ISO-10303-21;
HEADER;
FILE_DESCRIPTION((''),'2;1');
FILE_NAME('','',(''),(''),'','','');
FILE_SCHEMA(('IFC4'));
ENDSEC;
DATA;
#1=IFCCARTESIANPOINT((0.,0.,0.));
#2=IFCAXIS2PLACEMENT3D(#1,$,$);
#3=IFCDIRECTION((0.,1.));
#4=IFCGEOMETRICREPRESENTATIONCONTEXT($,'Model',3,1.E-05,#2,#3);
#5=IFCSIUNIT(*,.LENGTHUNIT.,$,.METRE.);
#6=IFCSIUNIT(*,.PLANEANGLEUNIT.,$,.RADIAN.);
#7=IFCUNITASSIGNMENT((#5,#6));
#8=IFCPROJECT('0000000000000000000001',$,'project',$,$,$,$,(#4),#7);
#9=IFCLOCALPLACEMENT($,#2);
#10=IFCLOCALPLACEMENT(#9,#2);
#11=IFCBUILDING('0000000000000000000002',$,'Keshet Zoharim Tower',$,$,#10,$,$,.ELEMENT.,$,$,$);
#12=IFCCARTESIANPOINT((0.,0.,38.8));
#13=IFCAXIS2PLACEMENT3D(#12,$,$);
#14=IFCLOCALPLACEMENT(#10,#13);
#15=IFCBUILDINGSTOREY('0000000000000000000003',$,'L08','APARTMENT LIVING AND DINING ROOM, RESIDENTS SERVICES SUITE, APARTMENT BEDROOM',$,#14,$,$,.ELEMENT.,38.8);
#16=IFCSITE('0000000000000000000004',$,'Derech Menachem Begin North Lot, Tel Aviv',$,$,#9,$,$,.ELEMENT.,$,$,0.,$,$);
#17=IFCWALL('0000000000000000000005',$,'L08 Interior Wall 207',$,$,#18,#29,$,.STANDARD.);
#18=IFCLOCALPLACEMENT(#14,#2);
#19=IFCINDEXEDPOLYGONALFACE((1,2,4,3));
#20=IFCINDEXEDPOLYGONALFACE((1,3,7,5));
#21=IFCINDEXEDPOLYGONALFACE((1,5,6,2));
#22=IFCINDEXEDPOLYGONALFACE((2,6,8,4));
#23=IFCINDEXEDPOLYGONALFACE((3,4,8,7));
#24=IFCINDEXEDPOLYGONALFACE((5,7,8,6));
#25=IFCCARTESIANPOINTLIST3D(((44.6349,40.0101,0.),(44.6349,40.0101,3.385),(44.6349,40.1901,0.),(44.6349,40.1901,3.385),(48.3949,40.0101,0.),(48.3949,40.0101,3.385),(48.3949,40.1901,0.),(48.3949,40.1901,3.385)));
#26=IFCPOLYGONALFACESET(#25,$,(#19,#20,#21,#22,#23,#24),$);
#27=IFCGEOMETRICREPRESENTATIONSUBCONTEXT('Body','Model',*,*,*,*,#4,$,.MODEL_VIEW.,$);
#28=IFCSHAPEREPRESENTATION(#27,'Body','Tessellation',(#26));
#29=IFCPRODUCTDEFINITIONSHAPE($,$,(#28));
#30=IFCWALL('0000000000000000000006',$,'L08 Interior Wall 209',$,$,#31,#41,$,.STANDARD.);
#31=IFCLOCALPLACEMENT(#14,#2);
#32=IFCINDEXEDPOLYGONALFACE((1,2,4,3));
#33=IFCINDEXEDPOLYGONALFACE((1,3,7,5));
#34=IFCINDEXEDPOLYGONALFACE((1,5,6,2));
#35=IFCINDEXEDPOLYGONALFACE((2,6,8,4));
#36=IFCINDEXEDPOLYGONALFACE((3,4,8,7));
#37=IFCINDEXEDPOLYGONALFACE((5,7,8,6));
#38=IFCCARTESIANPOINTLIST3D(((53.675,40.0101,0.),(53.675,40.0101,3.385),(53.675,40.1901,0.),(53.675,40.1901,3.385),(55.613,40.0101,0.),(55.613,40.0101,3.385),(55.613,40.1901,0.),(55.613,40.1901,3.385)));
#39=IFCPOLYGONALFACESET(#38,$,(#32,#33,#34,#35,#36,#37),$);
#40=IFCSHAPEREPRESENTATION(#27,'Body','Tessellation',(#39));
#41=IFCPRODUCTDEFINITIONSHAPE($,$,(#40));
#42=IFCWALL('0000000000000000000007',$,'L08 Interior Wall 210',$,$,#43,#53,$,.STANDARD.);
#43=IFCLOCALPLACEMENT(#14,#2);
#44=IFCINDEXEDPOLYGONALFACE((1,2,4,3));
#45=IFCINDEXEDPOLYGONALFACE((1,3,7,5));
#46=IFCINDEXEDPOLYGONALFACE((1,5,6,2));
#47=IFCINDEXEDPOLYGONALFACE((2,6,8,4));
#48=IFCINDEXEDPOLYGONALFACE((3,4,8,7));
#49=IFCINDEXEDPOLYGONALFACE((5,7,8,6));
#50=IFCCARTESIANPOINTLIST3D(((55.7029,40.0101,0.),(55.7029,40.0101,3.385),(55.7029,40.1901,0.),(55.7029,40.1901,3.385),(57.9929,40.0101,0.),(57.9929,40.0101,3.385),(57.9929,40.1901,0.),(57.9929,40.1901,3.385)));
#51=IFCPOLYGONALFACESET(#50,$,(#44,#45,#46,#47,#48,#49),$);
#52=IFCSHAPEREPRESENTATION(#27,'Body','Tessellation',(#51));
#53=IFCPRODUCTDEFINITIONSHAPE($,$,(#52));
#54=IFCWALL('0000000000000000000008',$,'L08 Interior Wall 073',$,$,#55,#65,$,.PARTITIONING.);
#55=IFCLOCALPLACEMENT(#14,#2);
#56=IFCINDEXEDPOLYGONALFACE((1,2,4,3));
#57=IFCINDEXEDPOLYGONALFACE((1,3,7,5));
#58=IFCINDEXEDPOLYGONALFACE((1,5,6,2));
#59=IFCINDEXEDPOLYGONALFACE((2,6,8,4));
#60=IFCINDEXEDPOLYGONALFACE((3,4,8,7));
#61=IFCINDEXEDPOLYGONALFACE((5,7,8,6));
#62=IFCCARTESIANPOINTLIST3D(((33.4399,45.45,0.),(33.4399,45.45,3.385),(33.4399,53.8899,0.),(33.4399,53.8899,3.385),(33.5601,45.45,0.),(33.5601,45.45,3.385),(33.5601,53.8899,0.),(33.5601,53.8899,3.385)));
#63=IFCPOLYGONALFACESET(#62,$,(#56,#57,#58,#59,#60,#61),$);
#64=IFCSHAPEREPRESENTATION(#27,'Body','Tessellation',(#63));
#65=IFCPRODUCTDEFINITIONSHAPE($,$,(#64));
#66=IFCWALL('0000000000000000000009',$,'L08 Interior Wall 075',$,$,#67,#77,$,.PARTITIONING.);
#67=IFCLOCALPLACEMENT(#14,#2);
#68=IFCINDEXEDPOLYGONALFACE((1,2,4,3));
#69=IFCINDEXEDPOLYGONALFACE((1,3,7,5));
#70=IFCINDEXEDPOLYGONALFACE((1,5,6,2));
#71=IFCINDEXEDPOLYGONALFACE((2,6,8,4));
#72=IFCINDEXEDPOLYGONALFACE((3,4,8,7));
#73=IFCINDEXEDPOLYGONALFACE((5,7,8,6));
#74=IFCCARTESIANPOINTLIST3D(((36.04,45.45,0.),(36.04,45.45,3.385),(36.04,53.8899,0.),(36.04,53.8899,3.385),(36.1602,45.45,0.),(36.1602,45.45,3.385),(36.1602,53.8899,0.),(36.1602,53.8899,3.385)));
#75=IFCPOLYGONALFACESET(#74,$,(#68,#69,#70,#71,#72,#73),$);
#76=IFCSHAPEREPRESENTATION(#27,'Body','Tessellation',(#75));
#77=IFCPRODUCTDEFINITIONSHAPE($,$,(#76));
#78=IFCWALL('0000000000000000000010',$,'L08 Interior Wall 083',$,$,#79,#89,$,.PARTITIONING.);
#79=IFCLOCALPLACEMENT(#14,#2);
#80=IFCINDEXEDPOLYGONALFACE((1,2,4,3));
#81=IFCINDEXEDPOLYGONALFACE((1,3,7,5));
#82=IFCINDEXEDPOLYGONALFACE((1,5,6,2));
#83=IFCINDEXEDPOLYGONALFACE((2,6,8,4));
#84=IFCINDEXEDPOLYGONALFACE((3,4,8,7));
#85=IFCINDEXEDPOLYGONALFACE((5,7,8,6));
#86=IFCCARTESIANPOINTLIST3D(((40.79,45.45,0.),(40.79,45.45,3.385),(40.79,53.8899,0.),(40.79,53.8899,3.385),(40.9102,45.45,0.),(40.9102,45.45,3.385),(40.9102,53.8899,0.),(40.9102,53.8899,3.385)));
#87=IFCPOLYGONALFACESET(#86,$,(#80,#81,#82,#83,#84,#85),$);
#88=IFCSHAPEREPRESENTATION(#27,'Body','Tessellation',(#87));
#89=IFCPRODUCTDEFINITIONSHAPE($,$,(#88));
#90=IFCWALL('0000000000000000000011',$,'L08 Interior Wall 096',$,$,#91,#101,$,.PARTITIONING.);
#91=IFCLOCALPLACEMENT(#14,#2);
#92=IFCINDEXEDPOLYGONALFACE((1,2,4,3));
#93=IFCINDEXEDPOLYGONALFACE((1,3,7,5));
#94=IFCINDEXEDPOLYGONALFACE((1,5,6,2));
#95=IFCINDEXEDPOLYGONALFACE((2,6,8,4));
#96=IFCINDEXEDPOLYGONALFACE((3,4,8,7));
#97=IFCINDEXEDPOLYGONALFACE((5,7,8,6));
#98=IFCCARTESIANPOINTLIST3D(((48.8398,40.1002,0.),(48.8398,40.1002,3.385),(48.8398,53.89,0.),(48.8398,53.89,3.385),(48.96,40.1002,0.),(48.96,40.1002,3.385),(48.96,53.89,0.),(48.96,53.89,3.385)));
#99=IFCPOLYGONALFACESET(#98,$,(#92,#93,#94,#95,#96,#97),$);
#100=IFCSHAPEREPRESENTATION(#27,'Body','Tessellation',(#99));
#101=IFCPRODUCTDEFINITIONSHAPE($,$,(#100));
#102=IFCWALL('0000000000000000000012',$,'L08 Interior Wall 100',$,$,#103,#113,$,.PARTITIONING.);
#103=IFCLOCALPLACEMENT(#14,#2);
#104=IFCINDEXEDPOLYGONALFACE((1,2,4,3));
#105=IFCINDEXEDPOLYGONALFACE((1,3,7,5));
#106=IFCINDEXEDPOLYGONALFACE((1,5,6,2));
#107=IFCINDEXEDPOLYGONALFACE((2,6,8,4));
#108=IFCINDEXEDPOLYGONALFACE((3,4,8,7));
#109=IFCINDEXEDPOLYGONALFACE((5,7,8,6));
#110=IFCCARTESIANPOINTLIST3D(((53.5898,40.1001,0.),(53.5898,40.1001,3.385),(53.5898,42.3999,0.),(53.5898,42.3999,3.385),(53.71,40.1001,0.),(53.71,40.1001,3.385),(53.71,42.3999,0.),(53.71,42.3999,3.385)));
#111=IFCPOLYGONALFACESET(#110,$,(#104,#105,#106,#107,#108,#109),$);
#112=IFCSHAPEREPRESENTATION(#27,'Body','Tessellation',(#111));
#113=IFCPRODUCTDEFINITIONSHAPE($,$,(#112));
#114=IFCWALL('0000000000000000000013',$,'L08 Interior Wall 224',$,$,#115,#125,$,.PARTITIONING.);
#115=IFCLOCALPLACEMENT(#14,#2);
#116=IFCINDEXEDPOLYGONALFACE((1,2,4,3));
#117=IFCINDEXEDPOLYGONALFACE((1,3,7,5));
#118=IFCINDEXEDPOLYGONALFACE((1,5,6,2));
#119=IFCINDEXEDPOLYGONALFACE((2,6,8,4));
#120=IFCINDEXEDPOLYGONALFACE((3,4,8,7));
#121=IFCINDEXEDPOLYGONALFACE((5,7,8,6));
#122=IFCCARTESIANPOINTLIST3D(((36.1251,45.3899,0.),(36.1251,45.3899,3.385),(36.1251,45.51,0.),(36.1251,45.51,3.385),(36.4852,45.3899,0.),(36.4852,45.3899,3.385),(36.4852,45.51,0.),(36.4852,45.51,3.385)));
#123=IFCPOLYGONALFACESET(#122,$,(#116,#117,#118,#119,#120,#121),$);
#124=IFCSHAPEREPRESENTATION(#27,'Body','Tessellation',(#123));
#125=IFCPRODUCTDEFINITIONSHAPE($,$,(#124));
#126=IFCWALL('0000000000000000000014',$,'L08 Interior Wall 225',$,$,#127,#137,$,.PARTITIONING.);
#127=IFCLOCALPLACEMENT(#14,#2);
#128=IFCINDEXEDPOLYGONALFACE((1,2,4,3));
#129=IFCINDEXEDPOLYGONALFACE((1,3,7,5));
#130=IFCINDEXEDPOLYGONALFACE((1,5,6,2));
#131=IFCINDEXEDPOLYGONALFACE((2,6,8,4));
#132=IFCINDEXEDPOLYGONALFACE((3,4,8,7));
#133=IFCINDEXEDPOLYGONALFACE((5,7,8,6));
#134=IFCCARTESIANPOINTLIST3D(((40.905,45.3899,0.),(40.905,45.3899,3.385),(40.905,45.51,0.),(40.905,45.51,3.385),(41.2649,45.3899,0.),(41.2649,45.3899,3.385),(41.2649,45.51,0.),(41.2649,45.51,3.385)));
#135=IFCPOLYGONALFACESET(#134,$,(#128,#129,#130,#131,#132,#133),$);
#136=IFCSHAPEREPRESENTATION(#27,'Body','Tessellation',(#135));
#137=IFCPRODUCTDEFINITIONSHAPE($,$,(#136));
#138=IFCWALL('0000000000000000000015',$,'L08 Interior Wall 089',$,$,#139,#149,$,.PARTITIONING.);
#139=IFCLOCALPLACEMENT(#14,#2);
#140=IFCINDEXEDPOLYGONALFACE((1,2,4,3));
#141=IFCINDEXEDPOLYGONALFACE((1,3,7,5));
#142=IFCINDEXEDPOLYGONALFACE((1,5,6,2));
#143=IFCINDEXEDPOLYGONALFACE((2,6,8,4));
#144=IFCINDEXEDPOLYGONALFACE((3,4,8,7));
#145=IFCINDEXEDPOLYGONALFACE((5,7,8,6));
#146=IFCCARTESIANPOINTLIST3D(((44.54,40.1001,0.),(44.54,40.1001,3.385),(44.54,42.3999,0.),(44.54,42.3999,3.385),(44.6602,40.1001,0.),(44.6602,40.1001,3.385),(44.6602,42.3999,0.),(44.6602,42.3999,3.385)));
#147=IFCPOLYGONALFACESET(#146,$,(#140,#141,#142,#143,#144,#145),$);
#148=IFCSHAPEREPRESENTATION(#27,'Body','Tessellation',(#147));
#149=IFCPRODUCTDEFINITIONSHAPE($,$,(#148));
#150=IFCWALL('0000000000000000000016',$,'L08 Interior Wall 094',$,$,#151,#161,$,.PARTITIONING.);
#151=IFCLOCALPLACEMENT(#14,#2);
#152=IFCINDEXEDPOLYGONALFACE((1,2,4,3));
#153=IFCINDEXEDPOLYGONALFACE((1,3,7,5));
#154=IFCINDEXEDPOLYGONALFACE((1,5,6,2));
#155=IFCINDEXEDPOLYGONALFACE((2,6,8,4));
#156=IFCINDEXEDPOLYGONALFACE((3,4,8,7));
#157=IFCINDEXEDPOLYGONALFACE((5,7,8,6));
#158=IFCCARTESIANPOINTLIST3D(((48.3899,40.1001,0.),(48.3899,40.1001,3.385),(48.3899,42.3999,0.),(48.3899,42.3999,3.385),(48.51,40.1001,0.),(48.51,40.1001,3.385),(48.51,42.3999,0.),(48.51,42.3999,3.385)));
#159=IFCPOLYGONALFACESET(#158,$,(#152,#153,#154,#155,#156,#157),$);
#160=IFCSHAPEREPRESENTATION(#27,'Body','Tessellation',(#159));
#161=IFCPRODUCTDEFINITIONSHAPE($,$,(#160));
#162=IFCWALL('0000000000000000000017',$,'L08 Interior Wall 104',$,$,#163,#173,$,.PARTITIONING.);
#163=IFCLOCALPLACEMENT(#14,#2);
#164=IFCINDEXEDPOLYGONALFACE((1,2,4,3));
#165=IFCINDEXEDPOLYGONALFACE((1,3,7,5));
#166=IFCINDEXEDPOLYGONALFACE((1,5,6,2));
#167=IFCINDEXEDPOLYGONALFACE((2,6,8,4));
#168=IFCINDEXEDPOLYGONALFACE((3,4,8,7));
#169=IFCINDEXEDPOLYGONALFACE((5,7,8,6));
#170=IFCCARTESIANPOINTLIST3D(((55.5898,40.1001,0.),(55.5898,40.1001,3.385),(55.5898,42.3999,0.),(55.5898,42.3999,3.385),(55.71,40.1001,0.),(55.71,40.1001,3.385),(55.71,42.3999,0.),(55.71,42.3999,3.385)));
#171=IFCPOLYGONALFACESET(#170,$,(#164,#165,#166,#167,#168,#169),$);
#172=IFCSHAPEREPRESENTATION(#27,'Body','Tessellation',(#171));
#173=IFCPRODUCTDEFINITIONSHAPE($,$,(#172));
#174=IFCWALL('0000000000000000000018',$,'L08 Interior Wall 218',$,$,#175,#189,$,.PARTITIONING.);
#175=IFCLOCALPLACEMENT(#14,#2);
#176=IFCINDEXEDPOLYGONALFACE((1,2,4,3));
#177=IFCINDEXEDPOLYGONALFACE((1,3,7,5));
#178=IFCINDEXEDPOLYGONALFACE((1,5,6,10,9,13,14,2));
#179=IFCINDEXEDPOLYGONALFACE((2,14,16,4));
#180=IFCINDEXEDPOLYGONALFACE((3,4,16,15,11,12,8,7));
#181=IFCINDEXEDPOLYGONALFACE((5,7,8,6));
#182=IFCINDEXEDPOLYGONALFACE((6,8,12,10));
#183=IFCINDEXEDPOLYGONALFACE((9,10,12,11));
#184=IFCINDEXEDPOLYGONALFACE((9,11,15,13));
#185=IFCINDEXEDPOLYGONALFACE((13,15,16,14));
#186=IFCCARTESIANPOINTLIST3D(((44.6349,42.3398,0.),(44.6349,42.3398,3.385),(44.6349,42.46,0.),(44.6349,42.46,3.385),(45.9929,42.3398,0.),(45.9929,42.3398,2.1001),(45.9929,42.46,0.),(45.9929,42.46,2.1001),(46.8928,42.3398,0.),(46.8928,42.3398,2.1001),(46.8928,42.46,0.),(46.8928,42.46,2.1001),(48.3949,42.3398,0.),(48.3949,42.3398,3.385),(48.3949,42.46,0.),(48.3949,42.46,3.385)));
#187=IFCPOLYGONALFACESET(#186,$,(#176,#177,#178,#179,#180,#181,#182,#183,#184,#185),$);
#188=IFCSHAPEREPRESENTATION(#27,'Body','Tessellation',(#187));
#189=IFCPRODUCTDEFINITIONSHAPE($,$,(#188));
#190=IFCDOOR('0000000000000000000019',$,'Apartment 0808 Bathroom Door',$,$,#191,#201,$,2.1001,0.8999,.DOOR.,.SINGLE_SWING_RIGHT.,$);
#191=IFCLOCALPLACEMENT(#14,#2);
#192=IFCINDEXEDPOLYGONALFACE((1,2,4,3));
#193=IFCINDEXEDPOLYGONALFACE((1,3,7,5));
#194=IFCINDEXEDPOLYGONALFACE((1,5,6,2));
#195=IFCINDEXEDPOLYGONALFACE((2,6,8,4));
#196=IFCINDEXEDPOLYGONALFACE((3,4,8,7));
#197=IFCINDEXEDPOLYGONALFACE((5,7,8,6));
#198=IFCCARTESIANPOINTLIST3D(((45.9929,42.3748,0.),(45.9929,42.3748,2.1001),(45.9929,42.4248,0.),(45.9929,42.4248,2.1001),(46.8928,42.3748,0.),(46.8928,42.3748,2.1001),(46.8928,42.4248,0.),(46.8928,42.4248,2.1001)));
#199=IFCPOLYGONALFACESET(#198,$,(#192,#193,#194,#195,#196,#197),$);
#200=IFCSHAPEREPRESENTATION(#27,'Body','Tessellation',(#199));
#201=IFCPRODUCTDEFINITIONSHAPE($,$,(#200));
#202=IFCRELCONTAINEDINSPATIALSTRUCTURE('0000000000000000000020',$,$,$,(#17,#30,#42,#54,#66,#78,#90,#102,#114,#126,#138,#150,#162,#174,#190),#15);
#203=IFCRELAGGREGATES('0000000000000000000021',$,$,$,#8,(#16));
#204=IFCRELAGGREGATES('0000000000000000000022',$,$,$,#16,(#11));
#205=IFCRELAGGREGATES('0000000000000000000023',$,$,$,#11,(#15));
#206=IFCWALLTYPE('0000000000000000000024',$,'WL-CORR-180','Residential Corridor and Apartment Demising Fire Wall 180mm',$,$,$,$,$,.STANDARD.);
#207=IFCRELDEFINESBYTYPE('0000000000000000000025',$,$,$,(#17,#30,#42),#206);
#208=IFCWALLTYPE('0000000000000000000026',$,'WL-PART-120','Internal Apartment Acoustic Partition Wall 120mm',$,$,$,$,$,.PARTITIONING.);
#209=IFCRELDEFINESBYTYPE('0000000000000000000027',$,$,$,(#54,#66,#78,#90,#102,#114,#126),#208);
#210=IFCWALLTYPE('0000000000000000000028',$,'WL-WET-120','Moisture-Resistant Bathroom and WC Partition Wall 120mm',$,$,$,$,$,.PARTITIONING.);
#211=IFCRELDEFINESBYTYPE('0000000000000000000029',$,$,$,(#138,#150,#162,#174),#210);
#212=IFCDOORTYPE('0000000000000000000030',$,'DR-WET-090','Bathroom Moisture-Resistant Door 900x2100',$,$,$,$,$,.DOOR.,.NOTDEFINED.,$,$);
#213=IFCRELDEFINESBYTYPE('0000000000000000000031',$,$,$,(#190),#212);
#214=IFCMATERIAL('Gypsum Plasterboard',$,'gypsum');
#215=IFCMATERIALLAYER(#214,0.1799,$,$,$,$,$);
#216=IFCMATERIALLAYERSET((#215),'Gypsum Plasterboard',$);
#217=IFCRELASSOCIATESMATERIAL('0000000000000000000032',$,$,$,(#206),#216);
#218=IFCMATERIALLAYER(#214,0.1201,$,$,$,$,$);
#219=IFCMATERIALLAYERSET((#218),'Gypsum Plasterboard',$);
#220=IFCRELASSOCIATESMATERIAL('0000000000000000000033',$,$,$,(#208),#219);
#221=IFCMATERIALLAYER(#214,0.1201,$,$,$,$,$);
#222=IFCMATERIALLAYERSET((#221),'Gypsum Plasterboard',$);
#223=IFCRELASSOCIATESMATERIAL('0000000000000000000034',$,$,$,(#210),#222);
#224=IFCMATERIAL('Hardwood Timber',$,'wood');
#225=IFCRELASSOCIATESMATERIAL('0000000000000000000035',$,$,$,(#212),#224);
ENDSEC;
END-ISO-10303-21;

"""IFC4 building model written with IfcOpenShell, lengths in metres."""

from ifc_helpers import new_model, si_unit, direction, frame, frame_2d, origin, place, context, subcontext, project, spatial, rectangle, extrude, material, layer, layer_set, type_object, element, fill, save


model = new_model("IFC4")

# Units and contexts
model_context = context("Model", 3, precision=1e-05, world=origin(), true_north=direction((0.0, 1.0)))
body_context = subcontext(model_context, "Body", "Model", "MODEL_VIEW")
ifc_project = project(units=[si_unit("LENGTHUNIT", "METRE"), si_unit("PLANEANGLEUNIT", "RADIAN")], contexts=[model_context])

# Site, building, storey
site_placement = place(None, origin())
site = spatial("IfcSite", under=ifc_project, at=site_placement, Name="Derech Menachem Begin North Lot, Tel Aviv", CompositionType="ELEMENT", RefElevation=0.0)
building_placement = place(site_placement, origin())
building = spatial("IfcBuilding", under=site, at=building_placement, Name="Keshet Zoharim Tower", CompositionType="ELEMENT")
storey_placement = place(building_placement, frame((0.0, 0.0, 38.8)))
storey = spatial("IfcBuildingStorey", under=building, at=storey_placement, Name="L08", Description="APARTMENT LIVING AND DINING ROOM, RESIDENTS SERVICES SUITE, APARTMENT BEDROOM", CompositionType="ELEMENT", Elevation=38.8)

# Wall
ifc_material_1 = material(Name="Gypsum Plasterboard", Category="gypsum")
ifc_layer_1 = layer(ifc_material_1, 0.1799)
ifc_layer_set_1 = layer_set([ifc_layer_1], Name="Gypsum Plasterboard")
wall_type_1 = type_object("IfcWallType", Name="WL-CORR-180", Description="Residential Corridor and Apartment Demising Fire Wall 180mm", PredefinedType="STANDARD", material=ifc_layer_set_1)
wall_1_placement = place(storey_placement, frame((44.635, 40.1001, 0.0), z_axis=(0.0, 0.0, 1.0), x_axis=(1.0, 0.0, 0.0)))
element("IfcWall", 1, at=wall_1_placement, inside=storey, type_object=wall_type_1, Name="L08 Interior Wall 207", PredefinedType="STANDARD", context=body_context, shape_type="SweptSolid", body=[
    extrude(rectangle(XDim=3.76, YDim=0.1799, at=frame_2d((1.8799, 0.0))), origin(), (0.0, 0.0, 1.0), 3.385),
])

# Shared definitions
ifc_material_2 = material(Name="Hardwood Timber", Category="wood")

# Walls
wall_2_placement = place(storey_placement, frame((53.675, 40.1001, 0.0), z_axis=(0.0, 0.0, 1.0), x_axis=(1.0, 0.0, 0.0)))
element("IfcWall", 2, at=wall_2_placement, inside=storey, type_object=wall_type_1, Name="L08 Interior Wall 209", PredefinedType="STANDARD", context=body_context, shape_type="SweptSolid", body=[
    extrude(rectangle(XDim=1.938, YDim=0.1799, at=frame_2d((0.969, 0.0))), origin(), (0.0, 0.0, 1.0), 3.385),
])
wall_3_placement = place(storey_placement, frame((55.7029, 40.1001, 0.0), z_axis=(0.0, 0.0, 1.0), x_axis=(1.0, 0.0, 0.0)))
element("IfcWall", 3, at=wall_3_placement, inside=storey, type_object=wall_type_1, Name="L08 Interior Wall 210", PredefinedType="STANDARD", context=body_context, shape_type="SweptSolid", body=[
    extrude(rectangle(XDim=2.29, YDim=0.1799, at=frame_2d((1.145, 0.0))), origin(), (0.0, 0.0, 1.0), 3.385),
])
ifc_layer_2 = layer(ifc_material_1, 0.1201)
ifc_layer_set_2 = layer_set([ifc_layer_2], Name="Gypsum Plasterboard")
wall_type_2 = type_object("IfcWallType", Name="WL-PART-120", Description="Internal Apartment Acoustic Partition Wall 120mm", PredefinedType="PARTITIONING", material=ifc_layer_set_2)
for number, where, z_axis, x_axis, name in (
    (4, (33.5, 45.45, 0.0), (0.0, 0.0, 1.0), (0.0, 1.0, 0.0), "L08 Interior Wall 073"),
    (5, (36.1001, 45.45, 0.0), (0.0, 0.0, 1.0), (0.0, 1.0, 0.0), "L08 Interior Wall 075"),
    (6, (40.8501, 45.45, 0.0), (0.0, 0.0, 1.0), (0.0, 1.0, 0.0), "L08 Interior Wall 083"),
):
    element("IfcWall", number, at=place(storey_placement, frame(where, z_axis=z_axis, x_axis=x_axis)), inside=storey, type_object=wall_type_2, Name=name, PredefinedType="PARTITIONING", context=body_context, shape_type="SweptSolid", body=[
        extrude(rectangle(XDim=8.4399, YDim=0.1201, at=frame_2d((4.22, 0.0))), origin(), (0.0, 0.0, 1.0), 3.385),
    ])
wall_4_placement = place(storey_placement, frame((48.8999, 40.1001, 0.0), z_axis=(0.0, 0.0, 1.0), x_axis=(0.0, 1.0, 0.0)))
element("IfcWall", 7, at=wall_4_placement, inside=storey, type_object=wall_type_2, Name="L08 Interior Wall 096", PredefinedType="PARTITIONING", context=body_context, shape_type="SweptSolid", body=[
    extrude(rectangle(XDim=13.7898, YDim=0.1201, at=frame_2d((6.895, 0.0))), origin(), (0.0, 0.0, 1.0), 3.385),
])
wall_5_placement = place(storey_placement, frame((53.6499, 40.1001, 0.0), z_axis=(0.0, 0.0, 1.0), x_axis=(0.0, 1.0, 0.0)))
element("IfcWall", 8, at=wall_5_placement, inside=storey, type_object=wall_type_2, Name="L08 Interior Wall 100", PredefinedType="PARTITIONING", context=body_context, shape_type="SweptSolid", body=[
    extrude(rectangle(XDim=2.2998, YDim=0.1201, at=frame_2d((1.1499, 0.0))), origin(), (0.0, 0.0, 1.0), 3.385),
])

# Walls
wall_6_placement = place(storey_placement, frame((36.125, 45.45, 0.0), z_axis=(0.0, 0.0, 1.0), x_axis=(1.0, 0.0, 0.0)))
element("IfcWall", 9, at=wall_6_placement, inside=storey, type_object=wall_type_2, Name="L08 Interior Wall 224", PredefinedType="PARTITIONING", context=body_context, shape_type="SweptSolid", body=[
    extrude(rectangle(XDim=0.3601, YDim=0.1201, at=frame_2d((0.1802, 0.0))), origin(), (0.0, 0.0, 1.0), 3.385),
])
wall_7_placement = place(storey_placement, frame((40.905, 45.45, 0.0), z_axis=(0.0, 0.0, 1.0), x_axis=(1.0, 0.0, 0.0)))
element("IfcWall", 10, at=wall_7_placement, inside=storey, type_object=wall_type_2, Name="L08 Interior Wall 225", PredefinedType="PARTITIONING", context=body_context, shape_type="SweptSolid", body=[
    extrude(rectangle(XDim=0.3599, YDim=0.1201, at=frame_2d((0.1799, 0.0))), origin(), (0.0, 0.0, 1.0), 3.385),
])
ifc_layer_3 = layer(ifc_material_1, 0.1201)
ifc_layer_set_3 = layer_set([ifc_layer_3], Name="Gypsum Plasterboard")
wall_type_3 = type_object("IfcWallType", Name="WL-WET-120", Description="Moisture-Resistant Bathroom and WC Partition Wall 120mm", PredefinedType="PARTITIONING", material=ifc_layer_set_3)
for number, where, z_axis, x_axis, name in (
    (11, (44.6001, 40.1001, 0.0), (0.0, 0.0, 1.0), (0.0, 1.0, 0.0), "L08 Interior Wall 089"),
    (12, (48.45, 40.1001, 0.0), (0.0, 0.0, 1.0), (0.0, 1.0, 0.0), "L08 Interior Wall 094"),
    (13, (55.6499, 40.1001, 0.0), (0.0, 0.0, 1.0), (0.0, 1.0, 0.0), "L08 Interior Wall 104"),
):
    element("IfcWall", number, at=place(storey_placement, frame(where, z_axis=z_axis, x_axis=x_axis)), inside=storey, type_object=wall_type_3, Name=name, PredefinedType="PARTITIONING", context=body_context, shape_type="SweptSolid", body=[
        extrude(rectangle(XDim=2.2998, YDim=0.1201, at=frame_2d((1.1499, 0.0))), origin(), (0.0, 0.0, 1.0), 3.385),
    ])

# Wall, opening, door
wall_8_placement = place(storey_placement, frame((44.635, 42.3999, 0.0), z_axis=(0.0, 0.0, 1.0), x_axis=(1.0, 0.0, 0.0)))
wall_8 = element("IfcWall", 14, at=wall_8_placement, inside=storey, type_object=wall_type_3, Name="L08 Interior Wall 218", PredefinedType="PARTITIONING", context=body_context, shape_type="SweptSolid", body=[
    extrude(rectangle(XDim=3.76, YDim=0.1201, at=frame_2d((1.8799, 0.0))), origin(), (0.0, 0.0, 1.0), 3.385),
])
opening_1_placement = place(wall_8_placement, frame((1.3579, 0.0, 0.0)))
opening_1 = element("IfcOpeningElement", 15, at=opening_1_placement, cuts=wall_8, PredefinedType="OPENING", context=body_context, shape_type="SweptSolid", body=[
    extrude(rectangle(XDim=0.8999, YDim=2.1001, at=frame_2d((0.45, 1.05))), frame((0.0, 0.0701, 0.0), z_axis=(0.0, -1.0, 0.0), x_axis=(1.0, 0.0, 0.0)), (0.0, 0.0, 1.0), 0.1401),
])
door_type_1 = type_object("IfcDoorType", Name="DR-WET-090", Description="Bathroom Moisture-Resistant Door 900x2100", OperationType="NOTDEFINED", PredefinedType="DOOR", material=ifc_material_2)
door_1_placement = place(opening_1_placement, origin())
door_1 = element("IfcDoor", 16, at=door_1_placement, inside=storey, type_object=door_type_1, Name="Apartment 0808 Bathroom Door", OperationType="SINGLE_SWING_RIGHT", OverallHeight=2.1001, OverallWidth=0.8999, PredefinedType="DOOR", context=body_context, shape_type="SweptSolid", body=[
    extrude(rectangle(XDim=0.8999, YDim=2.1001, at=frame_2d((0.45, 1.05))), frame((0.0, 0.0249, 0.0), z_axis=(0.0, -1.0, 0.0), x_axis=(1.0, 0.0, 0.0)), (0.0, 0.0, 1.0), 0.05),
])
fill(opening_1, door_1)

save(model, "model.ifc")
